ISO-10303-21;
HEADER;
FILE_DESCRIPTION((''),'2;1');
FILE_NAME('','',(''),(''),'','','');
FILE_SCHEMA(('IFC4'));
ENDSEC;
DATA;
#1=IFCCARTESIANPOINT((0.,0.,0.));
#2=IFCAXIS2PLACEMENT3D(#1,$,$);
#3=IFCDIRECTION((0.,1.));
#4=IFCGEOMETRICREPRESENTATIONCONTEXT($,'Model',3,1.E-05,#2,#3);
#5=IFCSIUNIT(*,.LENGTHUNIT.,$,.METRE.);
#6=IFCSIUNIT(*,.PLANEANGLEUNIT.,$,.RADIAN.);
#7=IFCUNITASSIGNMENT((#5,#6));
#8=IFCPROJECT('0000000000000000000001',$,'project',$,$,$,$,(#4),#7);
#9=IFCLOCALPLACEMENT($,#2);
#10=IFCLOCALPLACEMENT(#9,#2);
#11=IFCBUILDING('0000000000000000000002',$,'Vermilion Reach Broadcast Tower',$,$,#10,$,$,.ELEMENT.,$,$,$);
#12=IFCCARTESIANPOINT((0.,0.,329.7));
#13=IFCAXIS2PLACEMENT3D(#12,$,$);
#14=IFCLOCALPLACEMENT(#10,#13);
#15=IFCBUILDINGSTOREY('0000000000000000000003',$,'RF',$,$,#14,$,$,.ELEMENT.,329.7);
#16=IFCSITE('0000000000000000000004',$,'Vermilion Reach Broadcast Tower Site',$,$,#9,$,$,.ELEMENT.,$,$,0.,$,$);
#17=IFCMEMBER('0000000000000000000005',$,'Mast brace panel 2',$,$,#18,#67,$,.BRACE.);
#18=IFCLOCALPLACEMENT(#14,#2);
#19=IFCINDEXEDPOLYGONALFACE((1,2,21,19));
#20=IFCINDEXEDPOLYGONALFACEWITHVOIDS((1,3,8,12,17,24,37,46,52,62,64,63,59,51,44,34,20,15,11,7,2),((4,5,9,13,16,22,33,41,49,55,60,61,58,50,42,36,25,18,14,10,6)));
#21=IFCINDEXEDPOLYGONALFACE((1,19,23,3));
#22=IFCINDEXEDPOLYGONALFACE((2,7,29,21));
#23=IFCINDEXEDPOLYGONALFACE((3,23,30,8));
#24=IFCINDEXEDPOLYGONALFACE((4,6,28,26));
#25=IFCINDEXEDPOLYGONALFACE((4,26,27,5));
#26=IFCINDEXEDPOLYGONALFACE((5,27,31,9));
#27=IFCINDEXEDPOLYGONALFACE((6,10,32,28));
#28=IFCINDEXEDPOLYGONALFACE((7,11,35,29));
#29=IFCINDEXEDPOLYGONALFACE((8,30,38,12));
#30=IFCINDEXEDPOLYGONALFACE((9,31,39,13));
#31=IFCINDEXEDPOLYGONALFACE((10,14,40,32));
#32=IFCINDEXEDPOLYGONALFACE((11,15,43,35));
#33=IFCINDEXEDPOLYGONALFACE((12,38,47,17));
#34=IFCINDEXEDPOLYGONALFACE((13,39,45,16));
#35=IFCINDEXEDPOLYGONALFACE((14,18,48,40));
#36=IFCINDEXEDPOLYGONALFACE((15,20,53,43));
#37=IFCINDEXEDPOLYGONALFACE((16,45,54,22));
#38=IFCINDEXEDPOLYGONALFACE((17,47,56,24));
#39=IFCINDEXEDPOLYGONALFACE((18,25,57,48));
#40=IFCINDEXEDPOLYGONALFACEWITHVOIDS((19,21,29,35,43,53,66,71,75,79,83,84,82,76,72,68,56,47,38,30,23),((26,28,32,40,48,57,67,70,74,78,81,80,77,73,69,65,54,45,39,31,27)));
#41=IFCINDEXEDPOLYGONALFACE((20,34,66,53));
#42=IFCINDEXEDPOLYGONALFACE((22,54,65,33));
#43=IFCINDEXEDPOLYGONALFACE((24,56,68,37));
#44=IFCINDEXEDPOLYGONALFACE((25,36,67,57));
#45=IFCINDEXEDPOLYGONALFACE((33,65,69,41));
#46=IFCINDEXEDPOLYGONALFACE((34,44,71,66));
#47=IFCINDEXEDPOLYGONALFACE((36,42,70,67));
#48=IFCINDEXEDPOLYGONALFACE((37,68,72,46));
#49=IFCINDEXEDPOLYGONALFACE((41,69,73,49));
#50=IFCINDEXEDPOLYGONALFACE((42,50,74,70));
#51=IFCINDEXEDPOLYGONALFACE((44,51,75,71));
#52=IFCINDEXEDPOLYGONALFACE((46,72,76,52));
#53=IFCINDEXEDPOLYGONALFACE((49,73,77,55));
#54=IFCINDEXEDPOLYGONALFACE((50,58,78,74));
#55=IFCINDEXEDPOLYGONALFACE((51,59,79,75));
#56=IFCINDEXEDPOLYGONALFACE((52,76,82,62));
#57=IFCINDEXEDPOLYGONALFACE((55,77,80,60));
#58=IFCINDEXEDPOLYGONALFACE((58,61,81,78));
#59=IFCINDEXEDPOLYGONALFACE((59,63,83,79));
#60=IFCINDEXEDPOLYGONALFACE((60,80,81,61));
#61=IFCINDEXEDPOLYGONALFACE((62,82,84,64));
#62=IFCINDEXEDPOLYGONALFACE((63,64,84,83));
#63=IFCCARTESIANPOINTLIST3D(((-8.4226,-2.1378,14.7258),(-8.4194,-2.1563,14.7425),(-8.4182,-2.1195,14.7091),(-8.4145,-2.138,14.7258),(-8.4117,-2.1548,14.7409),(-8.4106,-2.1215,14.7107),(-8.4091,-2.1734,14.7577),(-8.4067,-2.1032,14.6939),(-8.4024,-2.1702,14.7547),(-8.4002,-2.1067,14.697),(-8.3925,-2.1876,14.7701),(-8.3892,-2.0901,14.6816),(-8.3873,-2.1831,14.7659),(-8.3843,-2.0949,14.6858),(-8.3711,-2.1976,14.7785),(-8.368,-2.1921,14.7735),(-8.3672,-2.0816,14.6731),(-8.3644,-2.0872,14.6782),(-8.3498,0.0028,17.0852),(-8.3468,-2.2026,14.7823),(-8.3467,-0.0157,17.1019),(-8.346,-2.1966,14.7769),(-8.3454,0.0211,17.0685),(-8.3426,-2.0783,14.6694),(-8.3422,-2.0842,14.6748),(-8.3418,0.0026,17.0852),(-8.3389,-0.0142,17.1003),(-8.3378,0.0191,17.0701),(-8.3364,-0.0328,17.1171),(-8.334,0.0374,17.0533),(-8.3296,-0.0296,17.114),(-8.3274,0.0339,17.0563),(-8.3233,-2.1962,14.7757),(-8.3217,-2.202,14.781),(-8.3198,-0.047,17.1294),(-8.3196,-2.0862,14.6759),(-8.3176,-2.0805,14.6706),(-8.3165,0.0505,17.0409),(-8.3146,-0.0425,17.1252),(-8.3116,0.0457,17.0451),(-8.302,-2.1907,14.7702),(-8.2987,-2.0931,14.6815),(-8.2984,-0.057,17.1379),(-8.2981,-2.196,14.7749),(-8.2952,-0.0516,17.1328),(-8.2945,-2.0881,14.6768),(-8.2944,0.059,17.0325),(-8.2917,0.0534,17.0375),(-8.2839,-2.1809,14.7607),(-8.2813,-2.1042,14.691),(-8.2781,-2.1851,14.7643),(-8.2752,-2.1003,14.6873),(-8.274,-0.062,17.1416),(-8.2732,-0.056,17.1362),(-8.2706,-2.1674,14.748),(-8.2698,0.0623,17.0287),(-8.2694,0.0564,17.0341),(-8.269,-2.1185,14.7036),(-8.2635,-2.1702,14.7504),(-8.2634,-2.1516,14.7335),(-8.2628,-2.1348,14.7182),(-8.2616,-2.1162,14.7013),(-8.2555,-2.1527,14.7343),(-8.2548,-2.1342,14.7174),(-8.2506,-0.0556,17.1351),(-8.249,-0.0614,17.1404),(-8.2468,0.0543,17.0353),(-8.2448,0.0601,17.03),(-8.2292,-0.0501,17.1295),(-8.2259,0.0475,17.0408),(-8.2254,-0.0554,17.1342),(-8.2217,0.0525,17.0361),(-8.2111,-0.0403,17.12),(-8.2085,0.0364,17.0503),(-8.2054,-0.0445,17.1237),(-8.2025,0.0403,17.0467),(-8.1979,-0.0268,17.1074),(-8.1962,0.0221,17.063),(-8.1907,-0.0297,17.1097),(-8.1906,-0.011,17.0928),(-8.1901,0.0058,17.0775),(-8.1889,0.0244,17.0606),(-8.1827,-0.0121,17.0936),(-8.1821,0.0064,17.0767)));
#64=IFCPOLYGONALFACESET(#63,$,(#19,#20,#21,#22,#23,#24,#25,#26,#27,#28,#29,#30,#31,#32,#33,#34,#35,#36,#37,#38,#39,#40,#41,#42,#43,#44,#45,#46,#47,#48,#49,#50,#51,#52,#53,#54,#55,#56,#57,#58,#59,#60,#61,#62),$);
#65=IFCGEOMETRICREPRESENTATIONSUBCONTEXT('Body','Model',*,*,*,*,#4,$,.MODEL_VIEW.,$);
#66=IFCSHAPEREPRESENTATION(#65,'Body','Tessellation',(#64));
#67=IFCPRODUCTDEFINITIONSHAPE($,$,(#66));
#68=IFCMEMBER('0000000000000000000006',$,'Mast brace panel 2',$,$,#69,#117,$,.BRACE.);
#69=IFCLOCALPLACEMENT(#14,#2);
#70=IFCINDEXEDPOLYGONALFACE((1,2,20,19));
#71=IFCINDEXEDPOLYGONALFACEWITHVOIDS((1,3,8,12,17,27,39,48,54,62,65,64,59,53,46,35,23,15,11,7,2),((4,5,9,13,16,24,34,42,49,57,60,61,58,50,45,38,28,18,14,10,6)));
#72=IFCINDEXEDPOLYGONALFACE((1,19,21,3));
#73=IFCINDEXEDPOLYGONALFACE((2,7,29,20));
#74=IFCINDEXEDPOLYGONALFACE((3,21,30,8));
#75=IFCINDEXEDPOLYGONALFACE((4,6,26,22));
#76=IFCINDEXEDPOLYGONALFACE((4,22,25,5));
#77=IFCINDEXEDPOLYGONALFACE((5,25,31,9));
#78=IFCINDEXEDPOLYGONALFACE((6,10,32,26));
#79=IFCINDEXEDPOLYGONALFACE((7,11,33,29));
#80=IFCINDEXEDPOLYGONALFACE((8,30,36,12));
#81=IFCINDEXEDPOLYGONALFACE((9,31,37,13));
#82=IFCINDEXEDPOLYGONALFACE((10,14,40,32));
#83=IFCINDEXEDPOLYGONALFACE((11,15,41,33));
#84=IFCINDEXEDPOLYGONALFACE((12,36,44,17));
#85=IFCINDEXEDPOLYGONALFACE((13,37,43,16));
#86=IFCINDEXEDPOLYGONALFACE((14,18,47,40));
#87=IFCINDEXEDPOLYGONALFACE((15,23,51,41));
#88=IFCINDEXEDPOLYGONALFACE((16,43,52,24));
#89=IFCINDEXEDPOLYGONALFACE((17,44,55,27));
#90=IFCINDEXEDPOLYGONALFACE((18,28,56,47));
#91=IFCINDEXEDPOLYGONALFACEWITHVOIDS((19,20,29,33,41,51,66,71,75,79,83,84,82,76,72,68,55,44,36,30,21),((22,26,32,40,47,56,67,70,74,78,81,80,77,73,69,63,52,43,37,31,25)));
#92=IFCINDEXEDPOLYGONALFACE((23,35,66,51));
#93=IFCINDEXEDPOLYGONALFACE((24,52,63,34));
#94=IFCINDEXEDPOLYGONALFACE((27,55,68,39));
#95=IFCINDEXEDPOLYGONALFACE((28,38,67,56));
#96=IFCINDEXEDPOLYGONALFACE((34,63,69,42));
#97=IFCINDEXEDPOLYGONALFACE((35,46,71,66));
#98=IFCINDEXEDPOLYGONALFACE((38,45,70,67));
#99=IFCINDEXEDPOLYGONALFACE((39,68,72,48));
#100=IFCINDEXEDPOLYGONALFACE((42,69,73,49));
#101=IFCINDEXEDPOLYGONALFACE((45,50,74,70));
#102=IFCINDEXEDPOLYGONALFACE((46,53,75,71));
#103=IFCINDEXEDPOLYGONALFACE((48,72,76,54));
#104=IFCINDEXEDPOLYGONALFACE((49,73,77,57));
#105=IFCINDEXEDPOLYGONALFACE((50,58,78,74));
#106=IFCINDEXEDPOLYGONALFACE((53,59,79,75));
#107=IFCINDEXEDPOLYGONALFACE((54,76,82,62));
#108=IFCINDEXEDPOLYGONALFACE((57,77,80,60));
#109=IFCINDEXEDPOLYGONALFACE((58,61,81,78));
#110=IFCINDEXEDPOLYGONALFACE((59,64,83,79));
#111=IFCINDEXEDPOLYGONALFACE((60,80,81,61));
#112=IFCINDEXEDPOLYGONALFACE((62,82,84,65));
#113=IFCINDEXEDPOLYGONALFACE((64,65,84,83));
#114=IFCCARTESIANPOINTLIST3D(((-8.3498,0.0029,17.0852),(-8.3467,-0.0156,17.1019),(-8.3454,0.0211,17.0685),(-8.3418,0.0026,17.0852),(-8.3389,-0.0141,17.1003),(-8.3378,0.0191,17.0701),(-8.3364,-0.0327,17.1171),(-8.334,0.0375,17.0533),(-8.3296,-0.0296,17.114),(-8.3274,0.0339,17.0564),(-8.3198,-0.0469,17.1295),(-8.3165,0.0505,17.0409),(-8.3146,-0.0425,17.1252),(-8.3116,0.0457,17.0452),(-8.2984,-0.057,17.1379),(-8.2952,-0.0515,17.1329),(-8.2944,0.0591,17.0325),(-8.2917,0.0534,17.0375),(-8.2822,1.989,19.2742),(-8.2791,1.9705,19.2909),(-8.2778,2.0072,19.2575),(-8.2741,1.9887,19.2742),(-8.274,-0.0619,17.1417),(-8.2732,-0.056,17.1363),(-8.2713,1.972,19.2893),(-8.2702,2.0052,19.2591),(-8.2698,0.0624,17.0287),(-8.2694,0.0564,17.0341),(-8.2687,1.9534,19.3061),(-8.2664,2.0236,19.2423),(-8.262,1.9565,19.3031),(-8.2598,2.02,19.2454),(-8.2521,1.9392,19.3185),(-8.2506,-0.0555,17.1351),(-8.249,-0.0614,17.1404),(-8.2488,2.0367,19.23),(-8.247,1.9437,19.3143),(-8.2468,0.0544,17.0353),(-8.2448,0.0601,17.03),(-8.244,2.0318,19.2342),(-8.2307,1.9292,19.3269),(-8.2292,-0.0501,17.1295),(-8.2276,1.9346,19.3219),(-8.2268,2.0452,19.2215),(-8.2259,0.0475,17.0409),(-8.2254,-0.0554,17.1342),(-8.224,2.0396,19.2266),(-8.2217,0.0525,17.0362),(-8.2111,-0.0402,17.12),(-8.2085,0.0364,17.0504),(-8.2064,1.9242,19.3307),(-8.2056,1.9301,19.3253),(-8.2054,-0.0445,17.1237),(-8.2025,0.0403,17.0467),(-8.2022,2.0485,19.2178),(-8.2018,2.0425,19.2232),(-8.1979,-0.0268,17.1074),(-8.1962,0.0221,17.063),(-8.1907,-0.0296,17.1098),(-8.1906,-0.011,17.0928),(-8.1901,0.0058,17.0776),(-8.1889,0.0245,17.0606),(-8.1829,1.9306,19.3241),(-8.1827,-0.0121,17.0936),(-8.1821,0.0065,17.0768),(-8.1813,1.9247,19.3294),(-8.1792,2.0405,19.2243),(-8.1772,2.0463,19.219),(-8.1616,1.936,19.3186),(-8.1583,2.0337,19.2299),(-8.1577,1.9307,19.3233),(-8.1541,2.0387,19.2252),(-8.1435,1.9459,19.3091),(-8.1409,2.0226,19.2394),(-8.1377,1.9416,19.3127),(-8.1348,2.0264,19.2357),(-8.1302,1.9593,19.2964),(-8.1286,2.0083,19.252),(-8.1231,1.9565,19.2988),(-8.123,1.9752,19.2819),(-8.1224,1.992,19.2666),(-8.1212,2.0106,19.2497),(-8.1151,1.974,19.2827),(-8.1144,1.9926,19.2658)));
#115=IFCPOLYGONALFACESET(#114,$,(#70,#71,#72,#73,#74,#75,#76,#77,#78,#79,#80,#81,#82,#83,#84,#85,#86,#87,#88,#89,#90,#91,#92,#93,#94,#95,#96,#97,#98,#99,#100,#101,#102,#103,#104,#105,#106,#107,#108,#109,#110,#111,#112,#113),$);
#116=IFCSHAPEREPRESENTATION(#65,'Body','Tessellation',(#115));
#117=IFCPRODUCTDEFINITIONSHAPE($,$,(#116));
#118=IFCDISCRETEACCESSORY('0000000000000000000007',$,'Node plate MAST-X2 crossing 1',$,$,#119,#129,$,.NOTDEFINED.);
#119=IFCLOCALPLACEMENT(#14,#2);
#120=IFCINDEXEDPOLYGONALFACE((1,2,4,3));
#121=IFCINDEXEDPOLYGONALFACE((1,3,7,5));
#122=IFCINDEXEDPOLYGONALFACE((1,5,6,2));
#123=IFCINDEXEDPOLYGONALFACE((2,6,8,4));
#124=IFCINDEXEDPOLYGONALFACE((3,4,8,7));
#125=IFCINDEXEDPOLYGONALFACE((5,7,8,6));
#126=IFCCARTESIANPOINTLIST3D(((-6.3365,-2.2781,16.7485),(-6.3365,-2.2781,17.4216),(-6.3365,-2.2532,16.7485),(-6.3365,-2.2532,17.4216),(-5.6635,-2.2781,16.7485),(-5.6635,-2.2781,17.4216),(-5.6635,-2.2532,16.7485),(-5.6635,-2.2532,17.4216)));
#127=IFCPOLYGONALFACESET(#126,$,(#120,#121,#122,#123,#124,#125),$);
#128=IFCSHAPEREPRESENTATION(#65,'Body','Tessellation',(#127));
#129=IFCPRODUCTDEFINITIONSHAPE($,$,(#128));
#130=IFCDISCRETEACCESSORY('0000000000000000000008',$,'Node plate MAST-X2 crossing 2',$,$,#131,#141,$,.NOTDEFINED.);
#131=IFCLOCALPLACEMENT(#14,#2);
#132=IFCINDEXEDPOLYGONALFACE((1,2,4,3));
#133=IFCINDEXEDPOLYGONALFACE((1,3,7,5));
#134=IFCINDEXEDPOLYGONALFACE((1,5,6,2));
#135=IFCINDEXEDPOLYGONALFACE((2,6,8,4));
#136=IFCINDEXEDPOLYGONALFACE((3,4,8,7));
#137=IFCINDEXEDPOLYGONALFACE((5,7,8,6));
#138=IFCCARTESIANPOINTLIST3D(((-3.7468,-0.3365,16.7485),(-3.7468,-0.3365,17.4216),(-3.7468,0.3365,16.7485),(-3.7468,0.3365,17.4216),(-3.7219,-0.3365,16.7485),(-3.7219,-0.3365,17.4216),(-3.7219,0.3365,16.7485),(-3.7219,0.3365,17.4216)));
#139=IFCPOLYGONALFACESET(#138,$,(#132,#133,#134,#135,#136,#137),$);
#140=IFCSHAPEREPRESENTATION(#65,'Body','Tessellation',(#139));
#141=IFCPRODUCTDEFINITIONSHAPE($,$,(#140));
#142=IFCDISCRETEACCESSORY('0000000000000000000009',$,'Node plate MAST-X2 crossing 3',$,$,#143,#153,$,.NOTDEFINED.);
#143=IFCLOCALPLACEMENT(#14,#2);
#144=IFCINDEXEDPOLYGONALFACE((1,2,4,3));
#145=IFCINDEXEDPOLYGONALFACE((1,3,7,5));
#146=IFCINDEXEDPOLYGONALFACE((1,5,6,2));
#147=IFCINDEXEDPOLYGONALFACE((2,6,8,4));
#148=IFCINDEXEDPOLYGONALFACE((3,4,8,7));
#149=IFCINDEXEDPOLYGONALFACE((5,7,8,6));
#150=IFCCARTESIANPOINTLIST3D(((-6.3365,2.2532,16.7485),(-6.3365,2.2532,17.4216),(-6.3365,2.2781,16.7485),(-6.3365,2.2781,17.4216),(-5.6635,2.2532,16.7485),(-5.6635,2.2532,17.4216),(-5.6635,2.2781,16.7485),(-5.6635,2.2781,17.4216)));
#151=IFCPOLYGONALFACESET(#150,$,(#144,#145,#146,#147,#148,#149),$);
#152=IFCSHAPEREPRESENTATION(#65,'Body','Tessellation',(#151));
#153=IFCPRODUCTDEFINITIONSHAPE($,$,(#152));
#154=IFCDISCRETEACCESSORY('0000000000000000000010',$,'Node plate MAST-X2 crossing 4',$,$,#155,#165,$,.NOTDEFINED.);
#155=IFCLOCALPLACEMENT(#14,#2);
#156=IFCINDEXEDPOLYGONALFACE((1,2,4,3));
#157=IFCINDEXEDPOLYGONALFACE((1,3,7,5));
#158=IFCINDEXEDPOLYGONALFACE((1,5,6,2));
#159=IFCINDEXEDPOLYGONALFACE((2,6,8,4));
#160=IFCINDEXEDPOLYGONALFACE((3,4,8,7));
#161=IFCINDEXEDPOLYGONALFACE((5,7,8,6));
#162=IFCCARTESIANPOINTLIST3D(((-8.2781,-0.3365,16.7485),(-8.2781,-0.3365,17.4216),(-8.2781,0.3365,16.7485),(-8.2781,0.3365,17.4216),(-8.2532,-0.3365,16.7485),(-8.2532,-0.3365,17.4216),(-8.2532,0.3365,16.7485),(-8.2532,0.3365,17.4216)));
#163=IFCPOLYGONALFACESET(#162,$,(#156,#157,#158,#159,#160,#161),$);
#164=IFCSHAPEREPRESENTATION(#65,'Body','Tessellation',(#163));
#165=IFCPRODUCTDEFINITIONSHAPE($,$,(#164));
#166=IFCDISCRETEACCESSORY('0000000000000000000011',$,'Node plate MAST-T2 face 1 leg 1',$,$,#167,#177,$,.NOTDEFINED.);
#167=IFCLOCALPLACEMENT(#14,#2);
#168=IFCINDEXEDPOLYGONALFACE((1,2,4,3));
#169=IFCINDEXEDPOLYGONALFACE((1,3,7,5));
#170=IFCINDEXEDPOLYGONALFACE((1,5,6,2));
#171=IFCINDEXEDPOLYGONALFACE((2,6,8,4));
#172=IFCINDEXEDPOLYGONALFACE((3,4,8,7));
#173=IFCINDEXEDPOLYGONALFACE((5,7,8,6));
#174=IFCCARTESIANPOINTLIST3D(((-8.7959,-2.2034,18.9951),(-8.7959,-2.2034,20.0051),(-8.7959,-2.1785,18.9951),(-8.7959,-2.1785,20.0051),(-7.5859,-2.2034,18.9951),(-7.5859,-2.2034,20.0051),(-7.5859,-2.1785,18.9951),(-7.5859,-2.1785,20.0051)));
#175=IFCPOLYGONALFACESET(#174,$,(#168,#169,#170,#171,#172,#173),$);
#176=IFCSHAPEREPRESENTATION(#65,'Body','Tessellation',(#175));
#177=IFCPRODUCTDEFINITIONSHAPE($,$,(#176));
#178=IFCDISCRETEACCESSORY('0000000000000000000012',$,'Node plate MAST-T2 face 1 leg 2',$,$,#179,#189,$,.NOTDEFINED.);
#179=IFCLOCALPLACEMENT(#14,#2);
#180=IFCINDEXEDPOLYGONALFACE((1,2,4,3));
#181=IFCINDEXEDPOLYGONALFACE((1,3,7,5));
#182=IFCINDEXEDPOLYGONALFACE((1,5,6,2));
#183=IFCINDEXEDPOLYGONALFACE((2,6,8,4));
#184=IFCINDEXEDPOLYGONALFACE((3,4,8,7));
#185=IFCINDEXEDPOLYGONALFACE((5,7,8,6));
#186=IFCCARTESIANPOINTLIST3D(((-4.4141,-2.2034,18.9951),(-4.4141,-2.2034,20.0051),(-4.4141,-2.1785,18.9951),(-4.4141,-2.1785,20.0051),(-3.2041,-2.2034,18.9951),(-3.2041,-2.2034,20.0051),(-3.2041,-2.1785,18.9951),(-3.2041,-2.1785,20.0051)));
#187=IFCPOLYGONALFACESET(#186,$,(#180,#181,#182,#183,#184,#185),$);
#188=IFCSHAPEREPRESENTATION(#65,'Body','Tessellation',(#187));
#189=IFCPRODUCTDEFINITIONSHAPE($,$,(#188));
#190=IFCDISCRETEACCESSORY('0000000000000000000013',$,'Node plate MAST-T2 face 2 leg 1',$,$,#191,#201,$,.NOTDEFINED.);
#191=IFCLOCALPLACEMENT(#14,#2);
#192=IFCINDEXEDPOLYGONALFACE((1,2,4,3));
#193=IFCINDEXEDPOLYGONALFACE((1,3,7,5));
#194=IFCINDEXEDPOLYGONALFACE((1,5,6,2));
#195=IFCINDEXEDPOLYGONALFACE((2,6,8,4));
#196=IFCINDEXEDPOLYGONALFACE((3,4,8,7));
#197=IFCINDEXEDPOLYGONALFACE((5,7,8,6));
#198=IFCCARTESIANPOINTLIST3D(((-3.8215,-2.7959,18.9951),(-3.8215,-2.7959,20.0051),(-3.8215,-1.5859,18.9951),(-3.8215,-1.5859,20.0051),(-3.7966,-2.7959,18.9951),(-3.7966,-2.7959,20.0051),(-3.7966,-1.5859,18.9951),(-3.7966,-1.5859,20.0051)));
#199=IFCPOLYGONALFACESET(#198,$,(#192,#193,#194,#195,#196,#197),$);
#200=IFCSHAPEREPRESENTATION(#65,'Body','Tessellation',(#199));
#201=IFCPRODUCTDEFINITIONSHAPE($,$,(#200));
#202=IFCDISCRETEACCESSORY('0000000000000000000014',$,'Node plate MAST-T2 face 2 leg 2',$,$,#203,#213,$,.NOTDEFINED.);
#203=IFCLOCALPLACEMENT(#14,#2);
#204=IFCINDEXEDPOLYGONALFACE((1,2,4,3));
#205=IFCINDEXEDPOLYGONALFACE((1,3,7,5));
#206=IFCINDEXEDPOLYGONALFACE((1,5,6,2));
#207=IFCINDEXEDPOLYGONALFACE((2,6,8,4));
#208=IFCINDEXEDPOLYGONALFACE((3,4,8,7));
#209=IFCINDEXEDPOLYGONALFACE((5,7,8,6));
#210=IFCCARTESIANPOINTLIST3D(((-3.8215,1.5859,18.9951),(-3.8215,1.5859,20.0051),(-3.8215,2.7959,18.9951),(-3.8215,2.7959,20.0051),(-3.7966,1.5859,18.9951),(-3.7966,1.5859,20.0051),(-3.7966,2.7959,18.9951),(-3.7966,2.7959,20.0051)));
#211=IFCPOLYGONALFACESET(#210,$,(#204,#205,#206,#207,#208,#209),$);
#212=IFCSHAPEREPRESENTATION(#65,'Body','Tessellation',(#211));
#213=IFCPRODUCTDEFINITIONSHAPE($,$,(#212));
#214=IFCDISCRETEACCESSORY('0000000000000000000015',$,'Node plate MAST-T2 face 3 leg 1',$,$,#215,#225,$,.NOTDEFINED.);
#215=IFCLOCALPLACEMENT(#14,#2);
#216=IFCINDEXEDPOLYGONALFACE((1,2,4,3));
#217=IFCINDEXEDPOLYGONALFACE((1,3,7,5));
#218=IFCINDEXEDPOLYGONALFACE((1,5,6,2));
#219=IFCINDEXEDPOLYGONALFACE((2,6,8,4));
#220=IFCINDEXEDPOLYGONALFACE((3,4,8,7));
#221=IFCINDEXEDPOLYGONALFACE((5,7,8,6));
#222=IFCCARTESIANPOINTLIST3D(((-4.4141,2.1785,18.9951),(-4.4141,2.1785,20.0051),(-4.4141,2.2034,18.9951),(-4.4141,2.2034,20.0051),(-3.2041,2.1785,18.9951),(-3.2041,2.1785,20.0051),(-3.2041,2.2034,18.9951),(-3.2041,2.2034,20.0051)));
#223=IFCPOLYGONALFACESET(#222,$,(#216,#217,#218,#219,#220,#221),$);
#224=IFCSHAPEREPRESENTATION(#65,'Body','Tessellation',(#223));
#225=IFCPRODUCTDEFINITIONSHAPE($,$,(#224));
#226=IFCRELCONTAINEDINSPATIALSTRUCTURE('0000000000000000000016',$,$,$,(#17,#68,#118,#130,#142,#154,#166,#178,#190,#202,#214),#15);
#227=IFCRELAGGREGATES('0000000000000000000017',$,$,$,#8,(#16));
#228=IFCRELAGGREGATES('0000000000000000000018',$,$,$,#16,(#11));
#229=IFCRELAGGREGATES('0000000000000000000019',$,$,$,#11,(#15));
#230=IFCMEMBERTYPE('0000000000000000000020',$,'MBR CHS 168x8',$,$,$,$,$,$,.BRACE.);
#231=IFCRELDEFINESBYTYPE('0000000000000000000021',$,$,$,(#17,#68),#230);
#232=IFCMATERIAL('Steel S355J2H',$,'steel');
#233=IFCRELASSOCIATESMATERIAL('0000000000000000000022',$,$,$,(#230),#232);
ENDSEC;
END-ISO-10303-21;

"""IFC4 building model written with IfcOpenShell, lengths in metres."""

from ifc_helpers import new_model, si_unit, direction, frame, origin, origin_2d, place, context, subcontext, project, spatial, rectangle, hollow_circle, extrude, material, material_profile, profile_set, type_object, element, save


model = new_model("IFC4")

# Units and contexts
model_context = context("Model", 3, precision=1e-05, world=origin(), true_north=direction((0.0, 1.0)))
body_context = subcontext(model_context, "Body", "Model", "MODEL_VIEW")
ifc_project = project(units=[si_unit("LENGTHUNIT", "METRE"), si_unit("PLANEANGLEUNIT", "RADIAN")], contexts=[model_context])

# Site, building, storey
site_placement = place(None, origin())
site = spatial("IfcSite", under=ifc_project, at=site_placement, Name="Vermilion Reach Broadcast Tower Site", CompositionType="ELEMENT", RefElevation=0.0)
building_placement = place(site_placement, origin())
building = spatial("IfcBuilding", under=site, at=building_placement, Name="Vermilion Reach Broadcast Tower", CompositionType="ELEMENT")
storey_placement = place(building_placement, frame((0.0, 0.0, 329.7)))
storey = spatial("IfcBuildingStorey", under=building, at=storey_placement, Name="RF", CompositionType="ELEMENT", Elevation=329.7)

# Members
ifc_material = material(Name="Steel S355J2H", Category="steel")
ifc_material_profile = material_profile(ifc_material, hollow_circle(Radius=0.0842, WallThickness=0.0081, at=origin_2d()), Name="S355J2H CHS 168x8")
ifc_profile_set = profile_set([ifc_material_profile], Name="Steel S355J2H")
member_type = type_object("IfcMemberType", Name="MBR CHS 168x8", PredefinedType="BRACE", material=ifc_profile_set)
member_1_placement = place(storey_placement, frame((-8.3384, -2.1406, 14.7258), z_axis=(0.022831, 0.671765, 0.740412), x_axis=(-0.999423, 0.033968, 0.0)))
element("IfcMember", 1, at=member_1_placement, inside=storey, type_object=member_type, Name="Mast brace panel 2", PredefinedType="BRACE", context=body_context, shape_type="SweptSolid", body=[
    extrude(hollow_circle(Radius=0.0842, WallThickness=0.0081, at=origin_2d()), origin(), (0.0, 0.0, 1.0), 3.1865),
])
member_2_placement = place(storey_placement, frame((-8.2656, 0.0, 17.0852), z_axis=(0.022874, 0.671777, 0.7404), x_axis=(-0.999421, 0.034031, 0.0)))
element("IfcMember", 2, at=member_2_placement, inside=storey, type_object=member_type, Name="Mast brace panel 2", PredefinedType="BRACE", context=body_context, shape_type="SweptSolid", body=[
    extrude(hollow_circle(Radius=0.0842, WallThickness=0.0081, at=origin_2d()), origin(), (0.0, 0.0, 1.0), 2.9565),
])

# Discrete accessories
for number, where, z_axis, x_axis, name in (
    (3, (-6.0, -2.2656, 16.7485), (0.0, 0.0, 1.0), (0.0, 1.0, 0.0), "Node plate MAST-X2 crossing 1"),
    (4, (-3.7344, 0.0, 16.7485), (0.0, 0.0, 1.0), (-1.0, 0.0, 0.0), "Node plate MAST-X2 crossing 2"),
    (5, (-6.0, 2.2656, 16.7485), (0.0, 0.0, 1.0), (0.0, -1.0, 0.0), "Node plate MAST-X2 crossing 3"),
    (6, (-8.2656, 0.0, 16.7485), (0.0, 0.0, 1.0), (1.0, 0.0, 0.0), "Node plate MAST-X2 crossing 4"),
):
    element("IfcDiscreteAccessory", number, at=place(storey_placement, frame(where, z_axis=z_axis, x_axis=x_axis)), inside=storey, Name=name, PredefinedType="NOTDEFINED", context=body_context, shape_type="SweptSolid", body=[
        extrude(rectangle(XDim=0.0249, YDim=0.6731, at=origin_2d()), origin(), (0.0, 0.0, 1.0), 0.6731),
    ])
for number, where, z_axis, x_axis, name in (
    (7, (-8.1909, -2.1909, 18.9951), (0.0, 0.0, 1.0), (0.0, 1.0, 0.0), "Node plate MAST-T2 face 1 leg 1"),
    (8, (-3.8091, -2.1909, 18.9951), (0.0, 0.0, 1.0), (0.0, 1.0, 0.0), "Node plate MAST-T2 face 1 leg 2"),
    (9, (-3.8091, -2.1909, 18.9951), (0.0, 0.0, 1.0), (-1.0, 0.0, 0.0), "Node plate MAST-T2 face 2 leg 1"),
    (10, (-3.8091, 2.1909, 18.9951), (0.0, 0.0, 1.0), (-1.0, 0.0, 0.0), "Node plate MAST-T2 face 2 leg 2"),
    (11, (-3.8091, 2.1909, 18.9951), (0.0, 0.0, 1.0), (0.0, -1.0, 0.0), "Node plate MAST-T2 face 3 leg 1"),
):
    element("IfcDiscreteAccessory", number, at=place(storey_placement, frame(where, z_axis=z_axis, x_axis=x_axis)), inside=storey, Name=name, PredefinedType="NOTDEFINED", context=body_context, shape_type="SweptSolid", body=[
        extrude(rectangle(XDim=0.0249, YDim=1.21, at=origin_2d()), origin(), (0.0, 0.0, 1.0), 1.01),
    ])

save(model, "model.ifc")
